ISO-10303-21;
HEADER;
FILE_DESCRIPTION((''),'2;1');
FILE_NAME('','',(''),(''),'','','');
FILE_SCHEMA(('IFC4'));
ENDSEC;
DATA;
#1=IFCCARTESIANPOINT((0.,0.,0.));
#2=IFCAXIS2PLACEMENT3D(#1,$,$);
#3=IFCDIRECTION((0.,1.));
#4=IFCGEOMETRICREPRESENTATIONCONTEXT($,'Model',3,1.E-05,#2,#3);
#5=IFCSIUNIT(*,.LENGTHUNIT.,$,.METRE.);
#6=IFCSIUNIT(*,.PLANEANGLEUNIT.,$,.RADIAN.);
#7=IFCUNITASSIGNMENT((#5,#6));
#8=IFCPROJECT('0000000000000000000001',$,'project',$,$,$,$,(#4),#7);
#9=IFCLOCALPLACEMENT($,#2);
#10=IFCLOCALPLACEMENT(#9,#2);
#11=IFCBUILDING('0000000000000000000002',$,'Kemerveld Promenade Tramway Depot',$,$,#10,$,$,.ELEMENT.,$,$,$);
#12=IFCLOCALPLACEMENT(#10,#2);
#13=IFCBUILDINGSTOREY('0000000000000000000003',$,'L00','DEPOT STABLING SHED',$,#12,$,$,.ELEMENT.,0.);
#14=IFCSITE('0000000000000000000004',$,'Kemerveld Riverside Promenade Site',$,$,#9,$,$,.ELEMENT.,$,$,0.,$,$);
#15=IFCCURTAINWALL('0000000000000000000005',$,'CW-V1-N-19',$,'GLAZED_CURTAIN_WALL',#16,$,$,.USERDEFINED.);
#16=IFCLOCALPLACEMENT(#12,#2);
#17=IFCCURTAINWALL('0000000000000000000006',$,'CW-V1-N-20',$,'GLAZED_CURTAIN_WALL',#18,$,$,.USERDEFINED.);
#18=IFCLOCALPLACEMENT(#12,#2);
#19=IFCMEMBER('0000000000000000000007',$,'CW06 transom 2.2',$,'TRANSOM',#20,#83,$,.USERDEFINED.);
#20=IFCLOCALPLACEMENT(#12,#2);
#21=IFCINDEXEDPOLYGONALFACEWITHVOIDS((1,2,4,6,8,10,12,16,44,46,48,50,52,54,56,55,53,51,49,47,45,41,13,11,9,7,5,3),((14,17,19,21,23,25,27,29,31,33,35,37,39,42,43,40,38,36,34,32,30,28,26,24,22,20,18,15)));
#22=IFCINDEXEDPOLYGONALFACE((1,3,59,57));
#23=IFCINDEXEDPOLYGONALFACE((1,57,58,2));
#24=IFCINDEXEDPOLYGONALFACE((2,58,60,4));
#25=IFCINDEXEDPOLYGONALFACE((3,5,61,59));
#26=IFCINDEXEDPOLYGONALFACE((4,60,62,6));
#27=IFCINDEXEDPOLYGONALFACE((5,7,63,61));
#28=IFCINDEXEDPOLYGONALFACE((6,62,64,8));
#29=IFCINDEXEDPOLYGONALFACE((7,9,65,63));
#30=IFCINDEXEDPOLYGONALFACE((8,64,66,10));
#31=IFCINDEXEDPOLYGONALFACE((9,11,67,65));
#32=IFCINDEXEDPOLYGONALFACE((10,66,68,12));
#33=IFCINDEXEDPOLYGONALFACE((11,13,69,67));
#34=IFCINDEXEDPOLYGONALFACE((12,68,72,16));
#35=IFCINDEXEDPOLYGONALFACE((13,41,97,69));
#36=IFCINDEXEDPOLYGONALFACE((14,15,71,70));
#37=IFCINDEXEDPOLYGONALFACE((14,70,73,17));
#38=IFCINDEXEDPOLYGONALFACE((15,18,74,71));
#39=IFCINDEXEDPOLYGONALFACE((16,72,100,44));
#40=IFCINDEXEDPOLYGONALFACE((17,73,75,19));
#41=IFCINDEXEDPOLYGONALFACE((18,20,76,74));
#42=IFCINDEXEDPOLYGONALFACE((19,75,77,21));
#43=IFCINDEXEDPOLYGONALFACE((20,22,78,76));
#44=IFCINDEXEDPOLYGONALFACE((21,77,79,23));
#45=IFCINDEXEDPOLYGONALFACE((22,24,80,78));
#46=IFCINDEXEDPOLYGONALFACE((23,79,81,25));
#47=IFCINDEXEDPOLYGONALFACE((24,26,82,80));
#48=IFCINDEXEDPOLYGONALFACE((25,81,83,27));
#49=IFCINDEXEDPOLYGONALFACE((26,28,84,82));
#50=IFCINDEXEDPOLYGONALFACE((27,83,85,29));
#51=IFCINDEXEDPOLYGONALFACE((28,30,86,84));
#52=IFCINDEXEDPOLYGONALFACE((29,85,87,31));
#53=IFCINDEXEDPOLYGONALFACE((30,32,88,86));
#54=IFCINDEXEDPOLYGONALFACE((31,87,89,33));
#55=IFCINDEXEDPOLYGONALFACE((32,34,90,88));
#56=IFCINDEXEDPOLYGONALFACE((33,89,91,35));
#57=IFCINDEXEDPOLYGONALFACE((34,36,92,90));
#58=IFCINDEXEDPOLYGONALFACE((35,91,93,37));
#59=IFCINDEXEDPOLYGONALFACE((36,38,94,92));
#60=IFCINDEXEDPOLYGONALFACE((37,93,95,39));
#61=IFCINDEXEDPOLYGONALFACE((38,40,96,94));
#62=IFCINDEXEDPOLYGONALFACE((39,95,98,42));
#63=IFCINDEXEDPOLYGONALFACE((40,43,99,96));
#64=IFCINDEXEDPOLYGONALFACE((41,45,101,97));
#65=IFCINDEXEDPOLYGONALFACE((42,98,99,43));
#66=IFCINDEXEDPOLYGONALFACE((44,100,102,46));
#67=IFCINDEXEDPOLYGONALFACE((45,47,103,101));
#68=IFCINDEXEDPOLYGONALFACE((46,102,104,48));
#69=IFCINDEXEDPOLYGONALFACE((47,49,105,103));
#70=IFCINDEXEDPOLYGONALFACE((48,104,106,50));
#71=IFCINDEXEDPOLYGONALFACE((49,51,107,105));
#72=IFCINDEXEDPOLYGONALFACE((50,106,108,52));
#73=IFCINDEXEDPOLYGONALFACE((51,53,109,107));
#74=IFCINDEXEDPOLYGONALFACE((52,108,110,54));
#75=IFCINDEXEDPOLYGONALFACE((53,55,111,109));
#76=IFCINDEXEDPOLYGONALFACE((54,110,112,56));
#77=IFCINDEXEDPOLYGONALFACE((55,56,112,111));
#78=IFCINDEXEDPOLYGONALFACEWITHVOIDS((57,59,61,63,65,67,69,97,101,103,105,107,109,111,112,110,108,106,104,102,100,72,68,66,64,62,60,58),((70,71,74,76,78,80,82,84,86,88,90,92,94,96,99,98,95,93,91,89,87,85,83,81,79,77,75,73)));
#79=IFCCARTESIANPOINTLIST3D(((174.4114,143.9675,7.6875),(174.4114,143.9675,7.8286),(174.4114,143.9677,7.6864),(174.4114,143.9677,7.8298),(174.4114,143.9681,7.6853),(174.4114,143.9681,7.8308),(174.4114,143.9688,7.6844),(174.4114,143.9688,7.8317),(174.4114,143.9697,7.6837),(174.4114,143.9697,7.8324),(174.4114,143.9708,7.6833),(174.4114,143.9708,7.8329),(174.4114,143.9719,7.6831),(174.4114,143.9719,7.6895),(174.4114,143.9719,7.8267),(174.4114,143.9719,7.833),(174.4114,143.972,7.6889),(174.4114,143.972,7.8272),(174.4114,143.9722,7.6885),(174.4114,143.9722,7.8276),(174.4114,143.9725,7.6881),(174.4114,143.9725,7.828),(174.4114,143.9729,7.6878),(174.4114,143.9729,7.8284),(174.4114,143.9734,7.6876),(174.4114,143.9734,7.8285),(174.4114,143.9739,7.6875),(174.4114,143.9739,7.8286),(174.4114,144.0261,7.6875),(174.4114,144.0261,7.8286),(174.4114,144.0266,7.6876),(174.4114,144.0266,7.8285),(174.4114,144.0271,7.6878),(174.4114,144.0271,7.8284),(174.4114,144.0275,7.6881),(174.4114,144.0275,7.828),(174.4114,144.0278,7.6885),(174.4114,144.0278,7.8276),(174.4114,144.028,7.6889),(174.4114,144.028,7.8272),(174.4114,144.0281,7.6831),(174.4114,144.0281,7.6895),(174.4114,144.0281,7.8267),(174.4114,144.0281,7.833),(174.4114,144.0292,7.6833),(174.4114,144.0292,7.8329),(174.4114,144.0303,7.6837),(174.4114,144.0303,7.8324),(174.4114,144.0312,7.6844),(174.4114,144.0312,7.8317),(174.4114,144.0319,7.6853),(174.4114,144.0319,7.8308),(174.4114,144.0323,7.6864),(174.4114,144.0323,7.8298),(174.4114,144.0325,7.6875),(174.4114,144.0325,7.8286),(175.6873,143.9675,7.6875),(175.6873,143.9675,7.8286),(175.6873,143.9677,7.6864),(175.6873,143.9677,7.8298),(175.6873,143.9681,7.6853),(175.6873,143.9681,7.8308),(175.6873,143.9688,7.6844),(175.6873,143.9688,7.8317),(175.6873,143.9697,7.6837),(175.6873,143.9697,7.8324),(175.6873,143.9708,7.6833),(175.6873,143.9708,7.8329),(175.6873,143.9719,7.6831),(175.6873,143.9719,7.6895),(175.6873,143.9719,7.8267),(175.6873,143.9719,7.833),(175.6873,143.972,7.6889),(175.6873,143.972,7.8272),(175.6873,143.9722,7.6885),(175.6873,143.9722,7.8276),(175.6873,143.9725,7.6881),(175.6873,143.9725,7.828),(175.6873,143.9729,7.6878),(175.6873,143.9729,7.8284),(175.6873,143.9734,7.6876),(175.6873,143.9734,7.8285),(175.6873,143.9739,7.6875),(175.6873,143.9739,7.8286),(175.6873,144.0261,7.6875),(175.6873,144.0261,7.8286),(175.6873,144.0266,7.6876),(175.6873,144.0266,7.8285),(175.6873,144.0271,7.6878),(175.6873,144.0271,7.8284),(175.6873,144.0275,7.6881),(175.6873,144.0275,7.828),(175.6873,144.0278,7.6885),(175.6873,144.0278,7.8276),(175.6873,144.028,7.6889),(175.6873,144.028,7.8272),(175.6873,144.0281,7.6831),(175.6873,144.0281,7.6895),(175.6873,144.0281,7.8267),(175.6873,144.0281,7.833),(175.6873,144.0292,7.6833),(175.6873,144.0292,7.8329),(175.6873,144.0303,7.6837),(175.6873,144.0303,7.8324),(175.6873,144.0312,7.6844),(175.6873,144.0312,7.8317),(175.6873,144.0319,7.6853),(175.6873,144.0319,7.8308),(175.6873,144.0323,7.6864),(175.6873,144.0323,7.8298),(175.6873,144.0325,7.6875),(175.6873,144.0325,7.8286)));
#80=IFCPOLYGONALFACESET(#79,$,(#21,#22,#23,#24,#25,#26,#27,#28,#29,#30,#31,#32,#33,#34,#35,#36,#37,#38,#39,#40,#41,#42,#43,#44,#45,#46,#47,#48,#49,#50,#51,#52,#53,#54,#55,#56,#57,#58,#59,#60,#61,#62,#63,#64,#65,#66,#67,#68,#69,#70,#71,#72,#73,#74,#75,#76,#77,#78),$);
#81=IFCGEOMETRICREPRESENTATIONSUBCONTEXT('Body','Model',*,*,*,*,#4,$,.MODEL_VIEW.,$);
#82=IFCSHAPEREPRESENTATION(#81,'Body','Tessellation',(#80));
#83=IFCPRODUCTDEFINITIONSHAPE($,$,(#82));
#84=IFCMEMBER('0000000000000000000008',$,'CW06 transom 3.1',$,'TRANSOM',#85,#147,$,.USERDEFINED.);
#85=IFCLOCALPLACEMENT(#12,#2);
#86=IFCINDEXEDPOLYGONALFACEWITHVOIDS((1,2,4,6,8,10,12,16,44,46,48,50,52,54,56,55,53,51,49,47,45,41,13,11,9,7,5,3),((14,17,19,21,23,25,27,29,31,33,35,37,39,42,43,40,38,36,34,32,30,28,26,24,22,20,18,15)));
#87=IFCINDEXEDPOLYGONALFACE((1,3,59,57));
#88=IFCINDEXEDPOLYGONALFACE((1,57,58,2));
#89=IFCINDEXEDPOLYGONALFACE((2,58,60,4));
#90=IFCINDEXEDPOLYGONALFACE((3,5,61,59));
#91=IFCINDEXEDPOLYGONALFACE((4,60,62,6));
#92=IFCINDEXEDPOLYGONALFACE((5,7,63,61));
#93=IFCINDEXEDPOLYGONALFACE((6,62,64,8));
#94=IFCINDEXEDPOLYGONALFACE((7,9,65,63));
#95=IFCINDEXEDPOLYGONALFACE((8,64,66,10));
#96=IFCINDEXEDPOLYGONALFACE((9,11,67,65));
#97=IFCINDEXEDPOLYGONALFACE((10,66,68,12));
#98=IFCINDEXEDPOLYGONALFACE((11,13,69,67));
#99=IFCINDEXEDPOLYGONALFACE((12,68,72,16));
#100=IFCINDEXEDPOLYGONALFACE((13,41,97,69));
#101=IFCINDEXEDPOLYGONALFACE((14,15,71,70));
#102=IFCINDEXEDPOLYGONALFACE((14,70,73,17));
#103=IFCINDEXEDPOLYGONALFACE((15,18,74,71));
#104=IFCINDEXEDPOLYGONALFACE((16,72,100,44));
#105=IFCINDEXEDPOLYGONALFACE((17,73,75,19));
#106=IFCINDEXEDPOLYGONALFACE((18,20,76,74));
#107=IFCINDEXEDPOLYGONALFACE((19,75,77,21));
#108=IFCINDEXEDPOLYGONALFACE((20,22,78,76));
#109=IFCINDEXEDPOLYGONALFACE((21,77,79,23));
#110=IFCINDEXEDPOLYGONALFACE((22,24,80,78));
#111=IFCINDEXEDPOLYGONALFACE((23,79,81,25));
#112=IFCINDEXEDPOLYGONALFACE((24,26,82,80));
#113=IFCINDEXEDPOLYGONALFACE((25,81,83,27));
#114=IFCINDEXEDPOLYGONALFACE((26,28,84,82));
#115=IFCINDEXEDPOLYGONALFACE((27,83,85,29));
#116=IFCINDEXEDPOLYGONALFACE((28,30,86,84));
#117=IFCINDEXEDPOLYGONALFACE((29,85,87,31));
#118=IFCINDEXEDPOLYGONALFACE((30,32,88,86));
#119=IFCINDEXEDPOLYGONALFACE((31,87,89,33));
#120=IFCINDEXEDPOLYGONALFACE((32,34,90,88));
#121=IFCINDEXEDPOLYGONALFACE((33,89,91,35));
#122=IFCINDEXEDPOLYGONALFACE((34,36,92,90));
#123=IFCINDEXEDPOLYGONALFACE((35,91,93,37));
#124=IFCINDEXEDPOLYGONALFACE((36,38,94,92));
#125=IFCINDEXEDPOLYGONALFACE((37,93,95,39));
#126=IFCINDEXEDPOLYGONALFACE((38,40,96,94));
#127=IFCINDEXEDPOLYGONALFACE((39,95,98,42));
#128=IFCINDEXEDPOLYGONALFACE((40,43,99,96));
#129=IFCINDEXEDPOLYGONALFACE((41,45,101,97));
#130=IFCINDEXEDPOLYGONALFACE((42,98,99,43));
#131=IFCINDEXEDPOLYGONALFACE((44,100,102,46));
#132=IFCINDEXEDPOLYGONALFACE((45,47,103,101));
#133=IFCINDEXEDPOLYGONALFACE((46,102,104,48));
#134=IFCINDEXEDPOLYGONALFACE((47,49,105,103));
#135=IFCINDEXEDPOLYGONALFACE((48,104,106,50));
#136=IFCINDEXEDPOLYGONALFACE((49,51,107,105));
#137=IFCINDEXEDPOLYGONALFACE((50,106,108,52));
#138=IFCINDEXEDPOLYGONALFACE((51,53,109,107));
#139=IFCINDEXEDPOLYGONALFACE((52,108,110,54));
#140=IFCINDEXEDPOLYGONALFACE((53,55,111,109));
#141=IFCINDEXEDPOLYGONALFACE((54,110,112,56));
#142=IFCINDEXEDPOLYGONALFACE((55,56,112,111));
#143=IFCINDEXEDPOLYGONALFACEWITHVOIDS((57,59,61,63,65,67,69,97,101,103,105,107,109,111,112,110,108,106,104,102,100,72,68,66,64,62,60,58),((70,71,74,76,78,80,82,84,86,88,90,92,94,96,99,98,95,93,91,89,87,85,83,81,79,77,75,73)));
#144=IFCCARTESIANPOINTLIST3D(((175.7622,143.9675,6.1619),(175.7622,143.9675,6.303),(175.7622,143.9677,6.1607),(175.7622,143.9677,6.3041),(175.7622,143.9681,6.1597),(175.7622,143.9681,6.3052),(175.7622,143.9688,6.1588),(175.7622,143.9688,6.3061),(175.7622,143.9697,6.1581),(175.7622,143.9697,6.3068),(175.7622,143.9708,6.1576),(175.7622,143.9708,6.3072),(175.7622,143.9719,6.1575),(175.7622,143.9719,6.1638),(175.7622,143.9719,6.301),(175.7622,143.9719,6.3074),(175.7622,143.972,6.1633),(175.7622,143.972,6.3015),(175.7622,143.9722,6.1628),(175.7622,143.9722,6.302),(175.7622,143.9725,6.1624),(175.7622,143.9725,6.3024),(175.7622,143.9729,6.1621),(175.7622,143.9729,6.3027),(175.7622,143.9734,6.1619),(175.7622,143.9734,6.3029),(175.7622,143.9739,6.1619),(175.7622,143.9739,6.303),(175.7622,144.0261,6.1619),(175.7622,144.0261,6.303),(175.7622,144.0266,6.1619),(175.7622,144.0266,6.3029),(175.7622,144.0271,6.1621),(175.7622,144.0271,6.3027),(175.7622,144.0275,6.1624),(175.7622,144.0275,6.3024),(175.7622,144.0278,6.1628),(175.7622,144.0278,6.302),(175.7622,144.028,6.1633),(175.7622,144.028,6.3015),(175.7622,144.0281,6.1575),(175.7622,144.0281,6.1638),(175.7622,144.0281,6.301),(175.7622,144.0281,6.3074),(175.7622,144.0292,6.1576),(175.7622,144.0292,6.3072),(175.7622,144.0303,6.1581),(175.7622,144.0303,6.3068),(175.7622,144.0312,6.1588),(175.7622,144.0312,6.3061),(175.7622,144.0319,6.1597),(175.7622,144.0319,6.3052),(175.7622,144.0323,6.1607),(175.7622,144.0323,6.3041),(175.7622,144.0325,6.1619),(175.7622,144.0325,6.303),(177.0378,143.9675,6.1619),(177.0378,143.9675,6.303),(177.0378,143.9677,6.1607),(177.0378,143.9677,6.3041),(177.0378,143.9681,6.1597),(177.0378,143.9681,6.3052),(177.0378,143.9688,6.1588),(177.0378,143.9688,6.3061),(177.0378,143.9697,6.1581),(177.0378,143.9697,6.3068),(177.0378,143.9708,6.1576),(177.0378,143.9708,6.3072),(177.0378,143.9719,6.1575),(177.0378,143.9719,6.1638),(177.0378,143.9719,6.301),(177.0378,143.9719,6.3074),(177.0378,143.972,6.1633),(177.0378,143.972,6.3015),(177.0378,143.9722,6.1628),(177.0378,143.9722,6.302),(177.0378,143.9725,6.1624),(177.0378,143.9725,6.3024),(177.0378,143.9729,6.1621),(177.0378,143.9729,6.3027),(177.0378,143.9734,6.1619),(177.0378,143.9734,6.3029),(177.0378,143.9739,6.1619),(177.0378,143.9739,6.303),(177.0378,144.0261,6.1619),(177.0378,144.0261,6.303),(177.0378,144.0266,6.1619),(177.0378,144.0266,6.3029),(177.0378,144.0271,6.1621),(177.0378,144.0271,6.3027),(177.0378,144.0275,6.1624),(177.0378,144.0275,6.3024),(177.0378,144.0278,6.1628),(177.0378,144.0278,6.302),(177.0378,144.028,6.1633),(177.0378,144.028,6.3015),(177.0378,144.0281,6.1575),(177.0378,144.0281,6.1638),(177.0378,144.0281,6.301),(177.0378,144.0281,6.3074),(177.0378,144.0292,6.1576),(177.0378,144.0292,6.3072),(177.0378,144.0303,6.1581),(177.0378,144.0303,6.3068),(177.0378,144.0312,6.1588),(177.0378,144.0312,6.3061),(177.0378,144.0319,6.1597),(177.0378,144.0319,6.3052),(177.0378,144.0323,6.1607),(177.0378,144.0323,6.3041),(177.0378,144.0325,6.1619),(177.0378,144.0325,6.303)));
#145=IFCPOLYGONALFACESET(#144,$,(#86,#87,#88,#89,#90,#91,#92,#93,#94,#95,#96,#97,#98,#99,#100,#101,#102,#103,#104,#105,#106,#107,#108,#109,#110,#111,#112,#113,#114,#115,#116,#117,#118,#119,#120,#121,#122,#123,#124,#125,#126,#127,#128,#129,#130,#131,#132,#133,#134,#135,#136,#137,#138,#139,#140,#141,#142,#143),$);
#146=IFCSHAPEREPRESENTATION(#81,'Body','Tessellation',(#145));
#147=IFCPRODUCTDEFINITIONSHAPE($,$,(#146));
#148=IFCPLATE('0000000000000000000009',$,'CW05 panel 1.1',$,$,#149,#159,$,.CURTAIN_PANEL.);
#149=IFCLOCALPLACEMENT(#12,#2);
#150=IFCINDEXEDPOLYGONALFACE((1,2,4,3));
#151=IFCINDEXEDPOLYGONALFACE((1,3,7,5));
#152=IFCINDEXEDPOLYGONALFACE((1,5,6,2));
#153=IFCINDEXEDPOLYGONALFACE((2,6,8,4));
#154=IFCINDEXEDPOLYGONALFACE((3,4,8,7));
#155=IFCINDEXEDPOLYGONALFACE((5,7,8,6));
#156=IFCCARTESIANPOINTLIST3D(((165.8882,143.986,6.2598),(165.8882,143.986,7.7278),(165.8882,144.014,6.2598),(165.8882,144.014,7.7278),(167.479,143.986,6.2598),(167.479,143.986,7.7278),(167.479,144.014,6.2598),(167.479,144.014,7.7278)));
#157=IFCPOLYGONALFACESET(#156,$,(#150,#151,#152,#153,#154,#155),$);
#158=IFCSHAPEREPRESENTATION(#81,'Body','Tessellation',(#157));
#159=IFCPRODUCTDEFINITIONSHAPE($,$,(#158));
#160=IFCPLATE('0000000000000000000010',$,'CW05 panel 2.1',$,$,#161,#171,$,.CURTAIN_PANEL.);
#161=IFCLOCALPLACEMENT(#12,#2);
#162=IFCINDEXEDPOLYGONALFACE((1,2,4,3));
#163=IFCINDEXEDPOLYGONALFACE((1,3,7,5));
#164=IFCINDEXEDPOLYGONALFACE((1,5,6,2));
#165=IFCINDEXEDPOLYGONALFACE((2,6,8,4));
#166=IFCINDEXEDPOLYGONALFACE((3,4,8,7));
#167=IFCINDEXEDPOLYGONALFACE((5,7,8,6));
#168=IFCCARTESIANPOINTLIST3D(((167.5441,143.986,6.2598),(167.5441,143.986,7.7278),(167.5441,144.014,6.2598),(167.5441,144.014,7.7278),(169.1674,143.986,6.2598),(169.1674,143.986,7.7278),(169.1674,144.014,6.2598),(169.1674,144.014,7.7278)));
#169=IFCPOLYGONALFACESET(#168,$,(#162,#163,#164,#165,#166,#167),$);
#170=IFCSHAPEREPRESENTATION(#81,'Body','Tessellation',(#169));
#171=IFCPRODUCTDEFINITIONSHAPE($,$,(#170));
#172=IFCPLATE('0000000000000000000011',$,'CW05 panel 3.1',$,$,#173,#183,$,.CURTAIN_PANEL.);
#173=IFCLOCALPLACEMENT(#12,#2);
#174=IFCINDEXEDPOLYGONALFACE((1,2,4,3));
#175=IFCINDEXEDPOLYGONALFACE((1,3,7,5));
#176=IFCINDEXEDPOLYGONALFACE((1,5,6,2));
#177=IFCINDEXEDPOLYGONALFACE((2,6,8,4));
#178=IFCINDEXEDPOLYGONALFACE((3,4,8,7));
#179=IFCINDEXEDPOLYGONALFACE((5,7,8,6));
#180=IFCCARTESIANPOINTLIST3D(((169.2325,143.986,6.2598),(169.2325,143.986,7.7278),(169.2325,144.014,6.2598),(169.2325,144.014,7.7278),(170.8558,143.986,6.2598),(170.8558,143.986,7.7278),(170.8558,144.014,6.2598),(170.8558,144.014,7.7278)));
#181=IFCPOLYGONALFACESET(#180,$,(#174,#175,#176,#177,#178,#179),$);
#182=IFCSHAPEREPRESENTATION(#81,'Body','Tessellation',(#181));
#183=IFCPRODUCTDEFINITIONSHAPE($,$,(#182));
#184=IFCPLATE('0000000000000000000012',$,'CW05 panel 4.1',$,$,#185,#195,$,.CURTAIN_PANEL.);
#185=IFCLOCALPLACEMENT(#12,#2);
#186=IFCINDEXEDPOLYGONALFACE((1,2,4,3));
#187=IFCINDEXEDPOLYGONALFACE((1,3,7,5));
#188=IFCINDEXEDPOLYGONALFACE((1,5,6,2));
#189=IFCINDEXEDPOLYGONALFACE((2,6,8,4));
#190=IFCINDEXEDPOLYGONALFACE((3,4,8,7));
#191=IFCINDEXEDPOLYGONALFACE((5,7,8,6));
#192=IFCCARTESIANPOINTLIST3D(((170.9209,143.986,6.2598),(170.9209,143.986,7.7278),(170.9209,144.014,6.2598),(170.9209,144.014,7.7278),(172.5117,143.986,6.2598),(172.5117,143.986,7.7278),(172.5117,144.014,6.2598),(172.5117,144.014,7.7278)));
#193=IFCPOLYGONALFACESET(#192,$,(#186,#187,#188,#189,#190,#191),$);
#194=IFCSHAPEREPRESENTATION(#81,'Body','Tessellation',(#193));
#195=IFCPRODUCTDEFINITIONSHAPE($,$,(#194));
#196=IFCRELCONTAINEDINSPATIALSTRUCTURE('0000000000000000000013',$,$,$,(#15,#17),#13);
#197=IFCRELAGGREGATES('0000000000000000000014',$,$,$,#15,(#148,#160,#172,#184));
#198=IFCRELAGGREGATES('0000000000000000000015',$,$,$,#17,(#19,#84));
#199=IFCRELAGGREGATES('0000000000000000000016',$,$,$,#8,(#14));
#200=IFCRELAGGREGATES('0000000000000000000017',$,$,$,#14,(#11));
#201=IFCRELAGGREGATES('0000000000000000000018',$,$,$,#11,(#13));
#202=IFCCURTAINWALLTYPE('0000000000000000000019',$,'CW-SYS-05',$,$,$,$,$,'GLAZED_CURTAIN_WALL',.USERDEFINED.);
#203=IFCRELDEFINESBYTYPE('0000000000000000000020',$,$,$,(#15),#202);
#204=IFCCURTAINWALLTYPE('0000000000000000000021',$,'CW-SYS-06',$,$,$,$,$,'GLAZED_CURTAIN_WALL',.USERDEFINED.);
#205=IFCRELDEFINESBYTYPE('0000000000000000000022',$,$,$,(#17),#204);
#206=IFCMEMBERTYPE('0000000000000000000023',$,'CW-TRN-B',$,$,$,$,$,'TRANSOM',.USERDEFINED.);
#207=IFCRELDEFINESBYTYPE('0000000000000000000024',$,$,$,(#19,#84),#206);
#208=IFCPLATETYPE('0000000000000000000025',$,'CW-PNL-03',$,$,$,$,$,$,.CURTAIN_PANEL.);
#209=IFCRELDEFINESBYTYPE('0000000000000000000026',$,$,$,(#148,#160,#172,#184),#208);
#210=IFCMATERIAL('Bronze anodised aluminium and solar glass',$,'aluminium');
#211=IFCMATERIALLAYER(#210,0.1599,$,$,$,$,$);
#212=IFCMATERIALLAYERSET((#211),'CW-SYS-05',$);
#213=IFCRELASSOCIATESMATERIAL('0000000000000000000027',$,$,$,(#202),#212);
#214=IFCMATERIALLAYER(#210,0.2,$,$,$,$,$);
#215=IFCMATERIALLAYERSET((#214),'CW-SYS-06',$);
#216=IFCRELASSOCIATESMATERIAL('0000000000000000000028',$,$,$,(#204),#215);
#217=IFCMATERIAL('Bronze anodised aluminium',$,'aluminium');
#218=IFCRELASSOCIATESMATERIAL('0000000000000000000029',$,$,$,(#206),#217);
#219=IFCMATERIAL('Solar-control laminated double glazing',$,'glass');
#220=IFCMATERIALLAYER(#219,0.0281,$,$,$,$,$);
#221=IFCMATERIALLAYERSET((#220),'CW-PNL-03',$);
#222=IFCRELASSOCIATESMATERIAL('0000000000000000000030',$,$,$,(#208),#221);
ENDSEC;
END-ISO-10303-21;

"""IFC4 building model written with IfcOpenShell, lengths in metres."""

from ifc_helpers import new_model, si_unit, direction, frame, origin, origin_2d, place, context, subcontext, project, spatial, rectangle, hollow_rectangle, extrude, material, layer, layer_set, material_profile, profile_set, type_object, element, aggregate, save


model = new_model("IFC4")

# Units and contexts
model_context = context("Model", 3, precision=1e-05, world=origin(), true_north=direction((0.0, 1.0)))
body_context = subcontext(model_context, "Body", "Model", "MODEL_VIEW")
ifc_project = project(units=[si_unit("LENGTHUNIT", "METRE"), si_unit("PLANEANGLEUNIT", "RADIAN")], contexts=[model_context])

# Site, building, storey
site_placement = place(None, origin())
site = spatial("IfcSite", under=ifc_project, at=site_placement, Name="Kemerveld Riverside Promenade Site", CompositionType="ELEMENT", RefElevation=0.0)
building_placement = place(site_placement, origin())
building = spatial("IfcBuilding", under=site, at=building_placement, Name="Kemerveld Promenade Tramway Depot", CompositionType="ELEMENT")
storey_placement = place(building_placement, origin())
storey = spatial("IfcBuildingStorey", under=building, at=storey_placement, Name="L00", Description="DEPOT STABLING SHED", CompositionType="ELEMENT", Elevation=0.0)

# Curtain walls
ifc_material_1 = material(Name="Bronze anodised aluminium and solar glass", Category="aluminium")
ifc_layer_1 = layer(ifc_material_1, 0.1599)
ifc_layer_set_1 = layer_set([ifc_layer_1], Name="CW-SYS-05")
curtain_wall_type_1 = type_object("IfcCurtainWallType", Name="CW-SYS-05", ElementType="GLAZED_CURTAIN_WALL", PredefinedType="USERDEFINED", material=ifc_layer_set_1)
curtain_wall_1_placement = place(storey_placement, origin())
curtain_wall_1 = element("IfcCurtainWall", 1, at=curtain_wall_1_placement, inside=storey, type_object=curtain_wall_type_1, Name="CW-V1-N-19", ObjectType="GLAZED_CURTAIN_WALL", PredefinedType="USERDEFINED")
ifc_material_2 = material(Name="Bronze anodised aluminium", Category="aluminium")
ifc_layer_2 = layer(ifc_material_1, 0.2)
ifc_layer_set_2 = layer_set([ifc_layer_2], Name="CW-SYS-06")
curtain_wall_type_2 = type_object("IfcCurtainWallType", Name="CW-SYS-06", ElementType="GLAZED_CURTAIN_WALL", PredefinedType="USERDEFINED", material=ifc_layer_set_2)
curtain_wall_2_placement = place(storey_placement, origin())
curtain_wall_2 = element("IfcCurtainWall", 2, at=curtain_wall_2_placement, inside=storey, type_object=curtain_wall_type_2, Name="CW-V1-N-20", ObjectType="GLAZED_CURTAIN_WALL", PredefinedType="USERDEFINED")

# Members
ifc_material_profile_1 = material_profile(ifc_material_2, hollow_rectangle(XDim=0.0649, YDim=0.1499, WallThickness=0.0044, InnerFilletRadius=0.002, OuterFilletRadius=0.0044, at=origin_2d()), Name="CW-TRN-150x65")
ifc_profile_set_1 = profile_set([ifc_material_profile_1], Name="Bronze anodised aluminium")
member_type_1 = type_object("IfcMemberType", Name="CW-TRN-B", ElementType="TRANSOM", PredefinedType="USERDEFINED", material=ifc_profile_set_1)
member_1_placement = place(storey_placement, frame((174.4114, 144.0, 7.7581), z_axis=(1.0, 0.0, 0.0), x_axis=(0.0, 1.0, 0.0)))
member_1 = element("IfcMember", 3, at=member_1_placement, type_object=member_type_1, Name="CW06 transom 2.2", ObjectType="TRANSOM", PredefinedType="USERDEFINED", context=body_context, shape_type="SweptSolid", body=[
    extrude(hollow_rectangle(XDim=0.0649, YDim=0.1499, WallThickness=0.0044, InnerFilletRadius=0.002, OuterFilletRadius=0.0044, at=origin_2d()), origin(), (0.0, 0.0, 1.0), 1.2759),
])
member_2_placement = place(storey_placement, frame((175.7622, 144.0, 6.2324), z_axis=(1.0, 0.0, 0.0), x_axis=(0.0, 1.0, 0.0)))
member_2 = element("IfcMember", 4, at=member_2_placement, type_object=member_type_1, Name="CW06 transom 3.1", ObjectType="TRANSOM", PredefinedType="USERDEFINED", context=body_context, shape_type="SweptSolid", body=[
    extrude(hollow_rectangle(XDim=0.0649, YDim=0.1499, WallThickness=0.0044, InnerFilletRadius=0.002, OuterFilletRadius=0.0044, at=origin_2d()), origin(), (0.0, 0.0, 1.0), 1.2756),
])

# Plates
ifc_material_3 = material(Name="Solar-control laminated double glazing", Category="glass")
ifc_layer_3 = layer(ifc_material_3, 0.0281)
ifc_layer_set_3 = layer_set([ifc_layer_3], Name="CW-PNL-03")
plate_type_1 = type_object("IfcPlateType", Name="CW-PNL-03", PredefinedType="CURTAIN_PANEL", material=ifc_layer_set_3)
plate_1_placement = place(storey_placement, frame((166.6836, 144.0, 6.2598), z_axis=(0.0, 0.0, 1.0), x_axis=(1.0, 0.0, 0.0)))
plate_1 = element("IfcPlate", 5, at=plate_1_placement, type_object=plate_type_1, Name="CW05 panel 1.1", PredefinedType="CURTAIN_PANEL", context=body_context, shape_type="SweptSolid", body=[
    extrude(rectangle(XDim=1.5908, YDim=0.0281, at=origin_2d()), origin(), (0.0, 0.0, 1.0), 1.468),
])
plate_2_placement = place(storey_placement, frame((168.3557, 144.0, 6.2598), z_axis=(0.0, 0.0, 1.0), x_axis=(1.0, 0.0, 0.0)))
plate_2 = element("IfcPlate", 6, at=plate_2_placement, type_object=plate_type_1, Name="CW05 panel 2.1", PredefinedType="CURTAIN_PANEL", context=body_context, shape_type="SweptSolid", body=[
    extrude(rectangle(XDim=1.6233, YDim=0.0281, at=origin_2d()), origin(), (0.0, 0.0, 1.0), 1.468),
])
plate_3_placement = place(storey_placement, frame((170.0442, 144.0, 6.2598), z_axis=(0.0, 0.0, 1.0), x_axis=(1.0, 0.0, 0.0)))
plate_3 = element("IfcPlate", 7, at=plate_3_placement, type_object=plate_type_1, Name="CW05 panel 3.1", PredefinedType="CURTAIN_PANEL", context=body_context, shape_type="SweptSolid", body=[
    extrude(rectangle(XDim=1.6233, YDim=0.0281, at=origin_2d()), origin(), (0.0, 0.0, 1.0), 1.468),
])
plate_4_placement = place(storey_placement, frame((171.7163, 144.0, 6.2598), z_axis=(0.0, 0.0, 1.0), x_axis=(1.0, 0.0, 0.0)))
plate_4 = element("IfcPlate", 8, at=plate_4_placement, type_object=plate_type_1, Name="CW05 panel 4.1", PredefinedType="CURTAIN_PANEL", context=body_context, shape_type="SweptSolid", body=[
    extrude(rectangle(XDim=1.5908, YDim=0.0281, at=origin_2d()), origin(), (0.0, 0.0, 1.0), 1.468),
])
aggregate(curtain_wall_1, [plate_1, plate_2, plate_3, plate_4])
aggregate(curtain_wall_2, [member_1, member_2])

save(model, "model.ifc")
